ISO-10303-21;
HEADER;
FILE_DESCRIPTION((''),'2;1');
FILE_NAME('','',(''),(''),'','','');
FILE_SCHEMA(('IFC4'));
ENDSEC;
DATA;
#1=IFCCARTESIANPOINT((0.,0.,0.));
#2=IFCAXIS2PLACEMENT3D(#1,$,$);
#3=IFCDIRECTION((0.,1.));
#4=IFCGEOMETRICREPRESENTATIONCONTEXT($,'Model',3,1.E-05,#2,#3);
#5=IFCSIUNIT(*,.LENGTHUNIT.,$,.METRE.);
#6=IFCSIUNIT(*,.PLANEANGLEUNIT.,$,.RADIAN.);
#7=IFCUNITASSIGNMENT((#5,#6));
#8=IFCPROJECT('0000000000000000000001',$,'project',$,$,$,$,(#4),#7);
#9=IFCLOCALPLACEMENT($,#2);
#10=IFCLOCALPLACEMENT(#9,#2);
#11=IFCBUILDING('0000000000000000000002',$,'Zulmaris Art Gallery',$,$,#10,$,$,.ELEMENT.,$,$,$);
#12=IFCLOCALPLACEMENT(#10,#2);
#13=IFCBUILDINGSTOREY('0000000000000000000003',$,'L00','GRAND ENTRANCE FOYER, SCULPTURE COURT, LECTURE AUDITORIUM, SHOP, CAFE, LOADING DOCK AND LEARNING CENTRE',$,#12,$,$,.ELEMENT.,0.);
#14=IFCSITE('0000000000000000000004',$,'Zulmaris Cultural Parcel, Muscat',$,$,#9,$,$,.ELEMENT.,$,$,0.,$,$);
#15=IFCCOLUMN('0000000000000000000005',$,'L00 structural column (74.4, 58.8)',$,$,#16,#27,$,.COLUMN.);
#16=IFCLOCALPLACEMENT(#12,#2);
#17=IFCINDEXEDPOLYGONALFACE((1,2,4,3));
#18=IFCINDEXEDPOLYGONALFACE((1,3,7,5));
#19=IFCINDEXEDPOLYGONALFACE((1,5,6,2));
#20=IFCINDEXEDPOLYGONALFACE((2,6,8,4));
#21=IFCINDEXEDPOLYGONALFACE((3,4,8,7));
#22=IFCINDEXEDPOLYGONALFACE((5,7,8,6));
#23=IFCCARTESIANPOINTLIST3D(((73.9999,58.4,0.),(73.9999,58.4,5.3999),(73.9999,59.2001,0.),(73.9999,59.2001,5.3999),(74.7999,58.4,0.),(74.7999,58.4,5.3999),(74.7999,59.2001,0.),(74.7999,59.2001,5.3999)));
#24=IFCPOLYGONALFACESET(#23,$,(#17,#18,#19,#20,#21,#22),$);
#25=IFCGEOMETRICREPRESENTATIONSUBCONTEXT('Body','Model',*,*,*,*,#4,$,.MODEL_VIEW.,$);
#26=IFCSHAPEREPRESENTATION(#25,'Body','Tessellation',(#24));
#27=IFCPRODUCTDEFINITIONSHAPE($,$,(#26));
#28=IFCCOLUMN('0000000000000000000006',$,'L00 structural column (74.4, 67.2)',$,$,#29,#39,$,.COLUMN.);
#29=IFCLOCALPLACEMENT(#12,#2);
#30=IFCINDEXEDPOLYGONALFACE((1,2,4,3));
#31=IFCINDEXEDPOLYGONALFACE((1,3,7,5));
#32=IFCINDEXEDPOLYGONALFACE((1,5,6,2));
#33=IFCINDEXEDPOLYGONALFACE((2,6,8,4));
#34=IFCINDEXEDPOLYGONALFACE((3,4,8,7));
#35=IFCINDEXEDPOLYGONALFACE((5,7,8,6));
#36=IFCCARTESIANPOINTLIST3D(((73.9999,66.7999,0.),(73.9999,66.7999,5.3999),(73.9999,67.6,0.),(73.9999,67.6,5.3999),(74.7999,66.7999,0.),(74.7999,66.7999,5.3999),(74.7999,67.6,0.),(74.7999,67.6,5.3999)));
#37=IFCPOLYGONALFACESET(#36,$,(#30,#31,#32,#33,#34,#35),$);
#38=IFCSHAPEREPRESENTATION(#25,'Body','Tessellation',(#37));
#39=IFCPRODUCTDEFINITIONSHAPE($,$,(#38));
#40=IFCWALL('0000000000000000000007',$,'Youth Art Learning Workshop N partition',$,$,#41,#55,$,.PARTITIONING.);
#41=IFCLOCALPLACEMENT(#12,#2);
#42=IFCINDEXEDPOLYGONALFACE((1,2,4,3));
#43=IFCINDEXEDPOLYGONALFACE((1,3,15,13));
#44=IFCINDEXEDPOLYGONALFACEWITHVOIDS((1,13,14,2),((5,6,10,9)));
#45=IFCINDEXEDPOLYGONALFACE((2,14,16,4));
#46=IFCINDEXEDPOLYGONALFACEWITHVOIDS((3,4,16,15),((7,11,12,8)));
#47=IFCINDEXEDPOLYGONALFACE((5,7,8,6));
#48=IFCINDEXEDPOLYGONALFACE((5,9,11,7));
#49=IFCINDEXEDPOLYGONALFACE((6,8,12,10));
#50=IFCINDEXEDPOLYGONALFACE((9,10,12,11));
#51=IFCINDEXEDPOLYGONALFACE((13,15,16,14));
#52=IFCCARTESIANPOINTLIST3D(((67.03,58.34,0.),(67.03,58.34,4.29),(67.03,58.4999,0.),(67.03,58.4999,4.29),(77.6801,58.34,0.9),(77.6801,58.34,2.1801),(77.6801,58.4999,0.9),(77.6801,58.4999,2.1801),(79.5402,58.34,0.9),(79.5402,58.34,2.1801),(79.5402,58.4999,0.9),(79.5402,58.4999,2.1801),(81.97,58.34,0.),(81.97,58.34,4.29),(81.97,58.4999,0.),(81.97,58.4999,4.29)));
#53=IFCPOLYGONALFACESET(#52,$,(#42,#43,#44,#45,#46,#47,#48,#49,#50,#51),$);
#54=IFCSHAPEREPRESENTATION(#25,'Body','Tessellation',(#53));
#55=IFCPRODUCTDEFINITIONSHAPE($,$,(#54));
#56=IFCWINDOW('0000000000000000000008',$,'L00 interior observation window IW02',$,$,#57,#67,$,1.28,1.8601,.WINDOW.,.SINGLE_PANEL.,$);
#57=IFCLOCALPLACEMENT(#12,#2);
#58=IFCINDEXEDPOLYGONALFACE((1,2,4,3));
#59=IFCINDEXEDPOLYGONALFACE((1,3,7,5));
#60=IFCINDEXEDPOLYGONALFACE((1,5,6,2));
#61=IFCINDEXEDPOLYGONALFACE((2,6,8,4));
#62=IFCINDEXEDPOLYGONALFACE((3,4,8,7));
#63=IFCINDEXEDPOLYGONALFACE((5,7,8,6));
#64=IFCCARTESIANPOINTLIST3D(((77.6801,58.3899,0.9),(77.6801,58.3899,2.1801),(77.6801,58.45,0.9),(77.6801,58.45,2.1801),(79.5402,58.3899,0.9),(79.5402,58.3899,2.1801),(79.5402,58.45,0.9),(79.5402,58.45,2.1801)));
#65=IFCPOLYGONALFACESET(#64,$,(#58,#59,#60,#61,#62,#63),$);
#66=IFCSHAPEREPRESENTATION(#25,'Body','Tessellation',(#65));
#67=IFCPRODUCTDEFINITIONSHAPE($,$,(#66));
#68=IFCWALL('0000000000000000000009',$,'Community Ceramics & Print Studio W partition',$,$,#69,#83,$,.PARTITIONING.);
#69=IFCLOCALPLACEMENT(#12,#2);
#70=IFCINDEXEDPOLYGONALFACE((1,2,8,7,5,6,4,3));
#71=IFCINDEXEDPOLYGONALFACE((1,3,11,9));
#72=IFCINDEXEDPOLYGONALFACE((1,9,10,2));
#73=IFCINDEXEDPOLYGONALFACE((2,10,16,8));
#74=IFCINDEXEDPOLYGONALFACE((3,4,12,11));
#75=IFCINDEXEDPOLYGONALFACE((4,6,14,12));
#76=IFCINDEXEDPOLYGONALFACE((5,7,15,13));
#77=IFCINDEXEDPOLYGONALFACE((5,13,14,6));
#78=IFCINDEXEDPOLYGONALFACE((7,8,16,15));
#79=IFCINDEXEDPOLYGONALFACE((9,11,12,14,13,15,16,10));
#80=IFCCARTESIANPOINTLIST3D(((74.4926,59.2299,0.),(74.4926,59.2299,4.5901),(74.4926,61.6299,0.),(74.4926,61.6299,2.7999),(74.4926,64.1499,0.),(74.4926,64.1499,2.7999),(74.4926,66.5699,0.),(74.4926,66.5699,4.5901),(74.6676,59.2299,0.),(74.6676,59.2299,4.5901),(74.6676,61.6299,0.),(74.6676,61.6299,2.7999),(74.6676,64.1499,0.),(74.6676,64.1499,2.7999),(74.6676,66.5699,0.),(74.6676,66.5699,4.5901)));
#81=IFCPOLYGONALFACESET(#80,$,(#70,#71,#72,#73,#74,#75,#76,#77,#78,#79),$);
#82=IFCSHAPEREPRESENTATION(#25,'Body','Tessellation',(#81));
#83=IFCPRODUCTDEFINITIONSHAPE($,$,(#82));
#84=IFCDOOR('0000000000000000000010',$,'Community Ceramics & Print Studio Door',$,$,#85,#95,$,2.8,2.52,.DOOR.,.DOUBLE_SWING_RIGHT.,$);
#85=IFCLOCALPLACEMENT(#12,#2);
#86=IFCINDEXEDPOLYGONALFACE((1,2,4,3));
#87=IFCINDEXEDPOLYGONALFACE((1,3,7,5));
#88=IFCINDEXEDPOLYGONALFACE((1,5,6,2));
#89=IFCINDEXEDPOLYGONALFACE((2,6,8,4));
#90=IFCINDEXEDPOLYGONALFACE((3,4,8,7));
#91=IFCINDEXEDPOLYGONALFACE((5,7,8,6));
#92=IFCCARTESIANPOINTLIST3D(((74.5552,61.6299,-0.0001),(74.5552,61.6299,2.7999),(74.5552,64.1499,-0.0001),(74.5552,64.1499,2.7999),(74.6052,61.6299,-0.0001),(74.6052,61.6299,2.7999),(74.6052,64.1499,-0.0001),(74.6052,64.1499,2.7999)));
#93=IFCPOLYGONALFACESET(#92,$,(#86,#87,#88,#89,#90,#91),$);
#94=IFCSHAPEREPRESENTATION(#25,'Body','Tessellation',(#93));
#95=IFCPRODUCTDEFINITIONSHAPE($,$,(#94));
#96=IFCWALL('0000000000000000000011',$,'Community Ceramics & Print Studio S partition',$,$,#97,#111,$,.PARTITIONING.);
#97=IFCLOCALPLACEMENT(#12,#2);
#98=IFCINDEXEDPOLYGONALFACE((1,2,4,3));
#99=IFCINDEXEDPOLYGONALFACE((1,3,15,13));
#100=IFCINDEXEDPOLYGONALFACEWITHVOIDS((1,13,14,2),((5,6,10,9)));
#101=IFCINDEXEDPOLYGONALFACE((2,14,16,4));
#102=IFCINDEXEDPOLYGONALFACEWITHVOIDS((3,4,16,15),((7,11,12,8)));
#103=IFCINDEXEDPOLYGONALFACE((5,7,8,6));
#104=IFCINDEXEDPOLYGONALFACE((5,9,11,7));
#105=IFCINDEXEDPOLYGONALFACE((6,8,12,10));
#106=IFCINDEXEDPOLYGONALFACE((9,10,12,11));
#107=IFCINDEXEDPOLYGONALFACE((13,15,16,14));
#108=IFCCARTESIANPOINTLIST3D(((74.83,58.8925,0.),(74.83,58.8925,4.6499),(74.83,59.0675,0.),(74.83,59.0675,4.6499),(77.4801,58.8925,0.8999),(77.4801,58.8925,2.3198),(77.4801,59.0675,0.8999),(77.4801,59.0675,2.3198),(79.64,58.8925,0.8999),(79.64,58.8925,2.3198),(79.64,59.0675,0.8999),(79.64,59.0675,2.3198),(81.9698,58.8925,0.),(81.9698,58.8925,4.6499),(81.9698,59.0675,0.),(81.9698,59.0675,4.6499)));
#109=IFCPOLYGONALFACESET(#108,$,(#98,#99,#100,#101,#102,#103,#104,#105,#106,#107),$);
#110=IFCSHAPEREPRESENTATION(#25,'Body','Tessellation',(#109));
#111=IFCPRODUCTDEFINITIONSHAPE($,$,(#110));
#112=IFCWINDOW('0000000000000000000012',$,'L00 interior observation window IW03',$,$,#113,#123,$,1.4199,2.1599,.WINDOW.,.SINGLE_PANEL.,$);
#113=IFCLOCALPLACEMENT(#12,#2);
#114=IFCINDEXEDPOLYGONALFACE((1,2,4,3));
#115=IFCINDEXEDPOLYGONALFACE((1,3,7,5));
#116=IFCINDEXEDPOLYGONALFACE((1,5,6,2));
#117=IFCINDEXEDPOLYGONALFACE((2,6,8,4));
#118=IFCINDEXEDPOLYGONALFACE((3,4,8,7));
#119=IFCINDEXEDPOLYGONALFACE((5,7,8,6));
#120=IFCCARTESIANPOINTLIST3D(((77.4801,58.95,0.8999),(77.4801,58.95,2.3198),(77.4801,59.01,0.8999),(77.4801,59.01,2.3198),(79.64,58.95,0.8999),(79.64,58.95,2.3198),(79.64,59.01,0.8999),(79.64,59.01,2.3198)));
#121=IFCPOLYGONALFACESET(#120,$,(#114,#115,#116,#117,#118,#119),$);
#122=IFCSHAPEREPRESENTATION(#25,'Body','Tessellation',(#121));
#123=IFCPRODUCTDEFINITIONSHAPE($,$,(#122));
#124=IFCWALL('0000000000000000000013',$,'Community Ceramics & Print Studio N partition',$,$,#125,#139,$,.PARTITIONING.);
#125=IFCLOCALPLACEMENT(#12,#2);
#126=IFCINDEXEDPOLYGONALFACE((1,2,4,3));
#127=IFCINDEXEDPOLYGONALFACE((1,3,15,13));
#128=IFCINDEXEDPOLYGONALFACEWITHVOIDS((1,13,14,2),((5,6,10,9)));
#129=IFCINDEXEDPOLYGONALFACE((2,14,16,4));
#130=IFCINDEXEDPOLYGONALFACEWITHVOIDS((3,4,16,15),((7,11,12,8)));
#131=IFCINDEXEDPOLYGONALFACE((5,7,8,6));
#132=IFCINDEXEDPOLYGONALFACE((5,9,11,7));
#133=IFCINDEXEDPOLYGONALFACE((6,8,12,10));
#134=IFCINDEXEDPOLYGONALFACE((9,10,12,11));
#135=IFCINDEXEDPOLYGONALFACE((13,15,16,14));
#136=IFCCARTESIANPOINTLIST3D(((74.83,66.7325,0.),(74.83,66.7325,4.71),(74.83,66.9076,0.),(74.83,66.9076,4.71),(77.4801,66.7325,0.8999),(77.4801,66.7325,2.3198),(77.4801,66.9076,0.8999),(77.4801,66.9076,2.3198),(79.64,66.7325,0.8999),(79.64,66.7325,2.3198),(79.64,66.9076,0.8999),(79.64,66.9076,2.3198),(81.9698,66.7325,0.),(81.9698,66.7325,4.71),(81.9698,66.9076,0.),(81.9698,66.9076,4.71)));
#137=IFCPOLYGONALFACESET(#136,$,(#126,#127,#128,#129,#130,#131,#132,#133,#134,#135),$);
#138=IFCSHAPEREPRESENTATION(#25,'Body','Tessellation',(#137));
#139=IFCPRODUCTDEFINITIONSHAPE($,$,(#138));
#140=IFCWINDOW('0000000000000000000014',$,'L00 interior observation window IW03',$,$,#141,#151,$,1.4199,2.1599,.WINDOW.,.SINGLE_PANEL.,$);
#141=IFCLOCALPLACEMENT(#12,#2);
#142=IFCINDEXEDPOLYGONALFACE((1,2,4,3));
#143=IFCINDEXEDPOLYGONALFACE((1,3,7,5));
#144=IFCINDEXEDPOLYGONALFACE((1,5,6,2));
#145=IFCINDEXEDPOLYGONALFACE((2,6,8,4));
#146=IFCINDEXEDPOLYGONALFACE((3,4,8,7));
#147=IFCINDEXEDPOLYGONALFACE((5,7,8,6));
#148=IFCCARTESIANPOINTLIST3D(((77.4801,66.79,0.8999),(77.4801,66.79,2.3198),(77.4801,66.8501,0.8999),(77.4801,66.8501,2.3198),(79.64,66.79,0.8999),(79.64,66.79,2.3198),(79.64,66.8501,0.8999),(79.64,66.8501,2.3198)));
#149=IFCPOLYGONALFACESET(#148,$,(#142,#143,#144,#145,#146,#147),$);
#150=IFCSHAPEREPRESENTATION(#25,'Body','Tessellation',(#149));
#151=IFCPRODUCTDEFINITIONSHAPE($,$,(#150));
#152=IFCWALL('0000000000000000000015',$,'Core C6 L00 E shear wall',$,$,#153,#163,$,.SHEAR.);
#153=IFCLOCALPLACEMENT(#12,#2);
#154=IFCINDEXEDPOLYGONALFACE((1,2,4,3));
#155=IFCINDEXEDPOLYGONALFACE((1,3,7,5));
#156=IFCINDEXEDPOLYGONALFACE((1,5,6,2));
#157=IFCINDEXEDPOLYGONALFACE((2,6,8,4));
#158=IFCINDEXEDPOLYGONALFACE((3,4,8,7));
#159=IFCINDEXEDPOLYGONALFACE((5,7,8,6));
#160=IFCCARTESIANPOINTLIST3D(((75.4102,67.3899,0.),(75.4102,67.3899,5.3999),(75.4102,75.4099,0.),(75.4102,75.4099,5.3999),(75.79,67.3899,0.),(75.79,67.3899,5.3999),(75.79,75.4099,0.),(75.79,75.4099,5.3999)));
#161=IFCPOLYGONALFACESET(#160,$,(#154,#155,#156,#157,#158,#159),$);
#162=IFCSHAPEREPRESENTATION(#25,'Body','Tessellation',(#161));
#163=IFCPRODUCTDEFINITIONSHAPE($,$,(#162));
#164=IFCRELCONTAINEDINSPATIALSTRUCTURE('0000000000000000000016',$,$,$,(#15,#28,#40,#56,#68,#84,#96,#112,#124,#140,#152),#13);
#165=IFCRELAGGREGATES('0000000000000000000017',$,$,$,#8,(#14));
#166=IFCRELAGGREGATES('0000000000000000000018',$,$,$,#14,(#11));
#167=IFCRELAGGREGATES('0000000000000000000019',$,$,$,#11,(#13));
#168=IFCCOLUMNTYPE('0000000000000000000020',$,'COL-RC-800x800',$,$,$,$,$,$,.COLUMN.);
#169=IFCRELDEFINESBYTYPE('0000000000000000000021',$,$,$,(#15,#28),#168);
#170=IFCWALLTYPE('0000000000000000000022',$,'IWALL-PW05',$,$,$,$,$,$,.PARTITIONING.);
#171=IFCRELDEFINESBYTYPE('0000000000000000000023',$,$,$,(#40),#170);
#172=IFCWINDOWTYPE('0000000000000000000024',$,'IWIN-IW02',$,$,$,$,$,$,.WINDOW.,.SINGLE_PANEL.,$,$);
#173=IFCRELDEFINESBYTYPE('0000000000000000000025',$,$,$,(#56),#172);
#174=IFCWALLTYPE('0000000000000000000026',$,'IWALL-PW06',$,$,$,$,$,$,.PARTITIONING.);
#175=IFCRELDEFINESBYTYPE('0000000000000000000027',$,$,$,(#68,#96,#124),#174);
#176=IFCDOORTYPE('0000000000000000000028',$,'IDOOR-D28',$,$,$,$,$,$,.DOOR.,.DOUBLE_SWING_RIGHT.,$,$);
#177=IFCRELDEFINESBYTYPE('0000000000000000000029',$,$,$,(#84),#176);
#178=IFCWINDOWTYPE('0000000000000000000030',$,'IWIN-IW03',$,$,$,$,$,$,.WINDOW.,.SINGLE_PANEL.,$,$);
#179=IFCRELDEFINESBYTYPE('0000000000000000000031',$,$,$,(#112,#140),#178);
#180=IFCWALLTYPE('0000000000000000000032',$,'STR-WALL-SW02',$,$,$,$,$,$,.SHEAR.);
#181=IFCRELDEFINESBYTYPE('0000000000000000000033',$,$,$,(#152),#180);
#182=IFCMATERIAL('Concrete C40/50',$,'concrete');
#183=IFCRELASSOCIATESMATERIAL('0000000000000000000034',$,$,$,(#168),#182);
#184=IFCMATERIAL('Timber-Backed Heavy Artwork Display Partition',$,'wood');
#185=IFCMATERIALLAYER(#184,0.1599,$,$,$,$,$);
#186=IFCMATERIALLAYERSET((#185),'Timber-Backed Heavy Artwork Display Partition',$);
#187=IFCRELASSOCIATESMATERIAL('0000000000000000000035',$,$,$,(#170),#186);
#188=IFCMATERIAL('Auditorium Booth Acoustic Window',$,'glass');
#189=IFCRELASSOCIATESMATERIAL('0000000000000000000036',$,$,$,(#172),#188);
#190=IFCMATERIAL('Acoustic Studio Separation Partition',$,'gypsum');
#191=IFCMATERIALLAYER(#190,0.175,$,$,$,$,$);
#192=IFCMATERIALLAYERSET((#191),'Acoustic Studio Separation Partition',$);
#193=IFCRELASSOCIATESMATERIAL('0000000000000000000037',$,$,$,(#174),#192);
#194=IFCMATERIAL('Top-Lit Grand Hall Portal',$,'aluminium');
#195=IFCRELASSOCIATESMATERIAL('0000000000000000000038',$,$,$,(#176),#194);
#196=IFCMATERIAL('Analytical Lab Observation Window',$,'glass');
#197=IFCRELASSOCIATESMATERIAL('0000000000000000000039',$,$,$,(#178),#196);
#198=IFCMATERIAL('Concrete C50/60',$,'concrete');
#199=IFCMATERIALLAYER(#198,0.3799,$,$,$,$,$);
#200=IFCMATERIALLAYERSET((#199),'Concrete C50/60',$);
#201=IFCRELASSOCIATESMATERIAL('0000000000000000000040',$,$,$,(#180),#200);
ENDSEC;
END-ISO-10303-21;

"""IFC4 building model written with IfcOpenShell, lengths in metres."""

from ifc_helpers import new_model, si_unit, direction, frame, frame_2d, origin, origin_2d, place, context, subcontext, project, spatial, rectangle, extrude, material, layer, layer_set, material_profile, profile_set, type_object, element, fill, save


model = new_model("IFC4")

# Units and contexts
model_context = context("Model", 3, precision=1e-05, world=origin(), true_north=direction((0.0, 1.0)))
body_context = subcontext(model_context, "Body", "Model", "MODEL_VIEW")
ifc_project = project(units=[si_unit("LENGTHUNIT", "METRE"), si_unit("PLANEANGLEUNIT", "RADIAN")], contexts=[model_context])

# Site, building, storey
site_placement = place(None, origin())
site = spatial("IfcSite", under=ifc_project, at=site_placement, Name="Zulmaris Cultural Parcel, Muscat", CompositionType="ELEMENT", RefElevation=0.0)
building_placement = place(site_placement, origin())
building = spatial("IfcBuilding", under=site, at=building_placement, Name="Zulmaris Art Gallery", CompositionType="ELEMENT")
storey_placement = place(building_placement, origin())
storey = spatial("IfcBuildingStorey", under=building, at=storey_placement, Name="L00", Description="GRAND ENTRANCE FOYER, SCULPTURE COURT, LECTURE AUDITORIUM, SHOP, CAFE, LOADING DOCK AND LEARNING CENTRE", CompositionType="ELEMENT", Elevation=0.0)

# Shared definitions
ifc_material_1 = material(Name="Concrete C40/50", Category="concrete")

# Columns
ifc_material_profile_1 = material_profile(ifc_material_1, rectangle(XDim=0.8, YDim=0.8, at=origin_2d()), Name="RC 800x800")
ifc_profile_set_1 = profile_set([ifc_material_profile_1], Name="Concrete C40/50")
column_type = type_object("IfcColumnType", Name="COL-RC-800x800", PredefinedType="COLUMN", material=ifc_profile_set_1)
for number, where, z_axis, x_axis, name in (
    (1, (74.3999, 58.8, 0.0), (0.0, 0.0, 1.0), (1.0, 0.0, 0.0), "L00 structural column (74.4, 58.8)"),
    (2, (74.3999, 67.2, 0.0), (0.0, 0.0, 1.0), (1.0, 0.0, 0.0), "L00 structural column (74.4, 67.2)"),
):
    element("IfcColumn", number, at=place(storey_placement, frame(where, z_axis=z_axis, x_axis=x_axis)), inside=storey, type_object=column_type, Name=name, PredefinedType="COLUMN", context=body_context, shape_type="SweptSolid", body=[
        extrude(rectangle(XDim=0.8, YDim=0.8, at=origin_2d()), origin(), (0.0, 0.0, 1.0), 5.3999),
    ])

# Wall, opening, window
ifc_material_2 = material(Name="Timber-Backed Heavy Artwork Display Partition", Category="wood")
ifc_layer_1 = layer(ifc_material_2, 0.1599)
ifc_layer_set_1 = layer_set([ifc_layer_1], Name="Timber-Backed Heavy Artwork Display Partition")
wall_type_1 = type_object("IfcWallType", Name="IWALL-PW05", PredefinedType="PARTITIONING", material=ifc_layer_set_1)
wall_1_placement = place(storey_placement, frame((67.03, 58.4199, 0.0), z_axis=(0.0, 0.0, 1.0), x_axis=(1.0, 0.0, 0.0)))
wall_1 = element("IfcWall", 3, at=wall_1_placement, inside=storey, type_object=wall_type_1, Name="Youth Art Learning Workshop N partition", PredefinedType="PARTITIONING", context=body_context, shape_type="SweptSolid", body=[
    extrude(rectangle(XDim=14.9399, YDim=0.1599, at=frame_2d((7.47, 0.0))), origin(), (0.0, 0.0, 1.0), 4.29),
])
opening_1_placement = place(wall_1_placement, frame((10.6499, 0.0, 0.8999)))
opening_1 = element("IfcOpeningElement", 4, at=opening_1_placement, cuts=wall_1, PredefinedType="OPENING", context=body_context, shape_type="SweptSolid", body=[
    extrude(rectangle(XDim=1.8601, YDim=1.28, at=frame_2d((0.9302, 0.6401))), frame((0.0, 0.0898, 0.0), z_axis=(0.0, -1.0, 0.0), x_axis=(1.0, 0.0, 0.0)), (0.0, 0.0, 1.0), 0.1799),
])
ifc_material_3 = material(Name="Auditorium Booth Acoustic Window", Category="glass")
window_type_1 = type_object("IfcWindowType", Name="IWIN-IW02", PartitioningType="SINGLE_PANEL", PredefinedType="WINDOW", material=ifc_material_3)
window_1_placement = place(opening_1_placement, origin())
window_1 = element("IfcWindow", 5, at=window_1_placement, inside=storey, type_object=window_type_1, Name="L00 interior observation window IW02", OverallHeight=1.28, OverallWidth=1.8601, PartitioningType="SINGLE_PANEL", PredefinedType="WINDOW", context=body_context, shape_type="SweptSolid", body=[
    extrude(rectangle(XDim=1.8601, YDim=1.28, at=frame_2d((0.9302, 0.6401))), frame((0.0, 0.03, 0.0), z_axis=(0.0, -1.0, 0.0), x_axis=(1.0, 0.0, 0.0)), (0.0, 0.0, 1.0), 0.0601),
])
fill(opening_1, window_1)

# Wall, opening, door
ifc_material_4 = material(Name="Acoustic Studio Separation Partition", Category="gypsum")
ifc_layer_2 = layer(ifc_material_4, 0.175)
ifc_layer_set_2 = layer_set([ifc_layer_2], Name="Acoustic Studio Separation Partition")
wall_type_2 = type_object("IfcWallType", Name="IWALL-PW06", PredefinedType="PARTITIONING", material=ifc_layer_set_2)
wall_2_placement = place(storey_placement, frame((74.5801, 59.23, 0.0), z_axis=(0.0, 0.0, 1.0), x_axis=(0.0, 1.0, 0.0)))
wall_2 = element("IfcWall", 6, at=wall_2_placement, inside=storey, type_object=wall_type_2, Name="Community Ceramics & Print Studio W partition", PredefinedType="PARTITIONING", context=body_context, shape_type="SweptSolid", body=[
    extrude(rectangle(XDim=7.3401, YDim=0.175, at=frame_2d((3.6699, 0.0))), origin(), (0.0, 0.0, 1.0), 4.5901),
])
opening_2_placement = place(wall_2_placement, frame((2.3999, 0.0, 0.0)))
opening_2 = element("IfcOpeningElement", 7, at=opening_2_placement, cuts=wall_2, PredefinedType="OPENING", context=body_context, shape_type="SweptSolid", body=[
    extrude(rectangle(XDim=2.52, YDim=2.8, at=frame_2d((1.26, 1.3999))), frame((0.0, 0.0974, 0.0), z_axis=(0.0, -1.0, 0.0), x_axis=(1.0, 0.0, 0.0)), (0.0, 0.0, 1.0), 0.1951),
])
ifc_material_5 = material(Name="Top-Lit Grand Hall Portal", Category="aluminium")
door_type = type_object("IfcDoorType", Name="IDOOR-D28", OperationType="DOUBLE_SWING_RIGHT", PredefinedType="DOOR", material=ifc_material_5)
door_placement = place(opening_2_placement, origin())
door = element("IfcDoor", 8, at=door_placement, inside=storey, type_object=door_type, Name="Community Ceramics & Print Studio Door", OperationType="DOUBLE_SWING_RIGHT", OverallHeight=2.8, OverallWidth=2.52, PredefinedType="DOOR", context=body_context, shape_type="SweptSolid", body=[
    extrude(rectangle(XDim=2.52, YDim=2.8, at=frame_2d((1.26, 1.3999))), frame((0.0, 0.0249, 0.0), z_axis=(0.0, -1.0, 0.0), x_axis=(1.0, 0.0, 0.0)), (0.0, 0.0, 1.0), 0.05),
])
fill(opening_2, door)

# Walls, openings, windows
wall_3_placement = place(storey_placement, frame((74.8301, 58.98, 0.0), z_axis=(0.0, 0.0, 1.0), x_axis=(1.0, 0.0, 0.0)))
wall_3 = element("IfcWall", 9, at=wall_3_placement, inside=storey, type_object=wall_type_2, Name="Community Ceramics & Print Studio S partition", PredefinedType="PARTITIONING", context=body_context, shape_type="SweptSolid", body=[
    extrude(rectangle(XDim=7.1399, YDim=0.175, at=frame_2d((3.5698, 0.0))), origin(), (0.0, 0.0, 1.0), 4.6499),
])
opening_3_placement = place(wall_3_placement, frame((2.6499, 0.0, 0.8999)))
opening_3 = element("IfcOpeningElement", 10, at=opening_3_placement, cuts=wall_3, PredefinedType="OPENING", context=body_context, shape_type="SweptSolid", body=[
    extrude(rectangle(XDim=2.1599, YDim=1.4199, at=frame_2d((1.0801, 0.71))), frame((0.0, 0.0974, 0.0), z_axis=(0.0, -1.0, 0.0), x_axis=(1.0, 0.0, 0.0)), (0.0, 0.0, 1.0), 0.1951),
])
ifc_material_6 = material(Name="Analytical Lab Observation Window", Category="glass")
window_type_2 = type_object("IfcWindowType", Name="IWIN-IW03", PartitioningType="SINGLE_PANEL", PredefinedType="WINDOW", material=ifc_material_6)
window_2_placement = place(opening_3_placement, origin())
window_2 = element("IfcWindow", 11, at=window_2_placement, inside=storey, type_object=window_type_2, Name="L00 interior observation window IW03", OverallHeight=1.4199, OverallWidth=2.1599, PartitioningType="SINGLE_PANEL", PredefinedType="WINDOW", context=body_context, shape_type="SweptSolid", body=[
    extrude(rectangle(XDim=2.1599, YDim=1.4199, at=frame_2d((1.0801, 0.71))), frame((0.0, 0.03, 0.0), z_axis=(0.0, -1.0, 0.0), x_axis=(1.0, 0.0, 0.0)), (0.0, 0.0, 1.0), 0.0601),
])
fill(opening_3, window_2)
wall_4_placement = place(storey_placement, frame((74.8301, 66.8201, 0.0), z_axis=(0.0, 0.0, 1.0), x_axis=(1.0, 0.0, 0.0)))
wall_4 = element("IfcWall", 12, at=wall_4_placement, inside=storey, type_object=wall_type_2, Name="Community Ceramics & Print Studio N partition", PredefinedType="PARTITIONING", context=body_context, shape_type="SweptSolid", body=[
    extrude(rectangle(XDim=7.1399, YDim=0.175, at=frame_2d((3.5698, 0.0))), origin(), (0.0, 0.0, 1.0), 4.71),
])
opening_4_placement = place(wall_4_placement, frame((2.6499, 0.0, 0.8999)))
opening_4 = element("IfcOpeningElement", 13, at=opening_4_placement, cuts=wall_4, PredefinedType="OPENING", context=body_context, shape_type="SweptSolid", body=[
    extrude(rectangle(XDim=2.1599, YDim=1.4199, at=frame_2d((1.0801, 0.71))), frame((0.0, 0.0974, 0.0), z_axis=(0.0, -1.0, 0.0), x_axis=(1.0, 0.0, 0.0)), (0.0, 0.0, 1.0), 0.1951),
])
window_3_placement = place(opening_4_placement, origin())
window_3 = element("IfcWindow", 14, at=window_3_placement, inside=storey, type_object=window_type_2, Name="L00 interior observation window IW03", OverallHeight=1.4199, OverallWidth=2.1599, PartitioningType="SINGLE_PANEL", PredefinedType="WINDOW", context=body_context, shape_type="SweptSolid", body=[
    extrude(rectangle(XDim=2.1599, YDim=1.4199, at=frame_2d((1.0801, 0.71))), frame((0.0, 0.03, 0.0), z_axis=(0.0, -1.0, 0.0), x_axis=(1.0, 0.0, 0.0)), (0.0, 0.0, 1.0), 0.0601),
])
fill(opening_4, window_3)

# Wall
ifc_material_7 = material(Name="Concrete C50/60", Category="concrete")
ifc_layer_3 = layer(ifc_material_7, 0.3799)
ifc_layer_set_3 = layer_set([ifc_layer_3], Name="Concrete C50/60")
wall_type_3 = type_object("IfcWallType", Name="STR-WALL-SW02", PredefinedType="SHEAR", material=ifc_layer_set_3)
wall_5_placement = place(storey_placement, frame((75.6001, 67.3899, 0.0), z_axis=(0.0, 0.0, 1.0), x_axis=(0.0, 1.0, 0.0)))
element("IfcWall", 15, at=wall_5_placement, inside=storey, type_object=wall_type_3, Name="Core C6 L00 E shear wall", PredefinedType="SHEAR", context=body_context, shape_type="SweptSolid", body=[
    extrude(rectangle(XDim=8.02, YDim=0.3799, at=frame_2d((4.01, 0.0))), origin(), (0.0, 0.0, 1.0), 5.3999),
])

save(model, "model.ifc")
